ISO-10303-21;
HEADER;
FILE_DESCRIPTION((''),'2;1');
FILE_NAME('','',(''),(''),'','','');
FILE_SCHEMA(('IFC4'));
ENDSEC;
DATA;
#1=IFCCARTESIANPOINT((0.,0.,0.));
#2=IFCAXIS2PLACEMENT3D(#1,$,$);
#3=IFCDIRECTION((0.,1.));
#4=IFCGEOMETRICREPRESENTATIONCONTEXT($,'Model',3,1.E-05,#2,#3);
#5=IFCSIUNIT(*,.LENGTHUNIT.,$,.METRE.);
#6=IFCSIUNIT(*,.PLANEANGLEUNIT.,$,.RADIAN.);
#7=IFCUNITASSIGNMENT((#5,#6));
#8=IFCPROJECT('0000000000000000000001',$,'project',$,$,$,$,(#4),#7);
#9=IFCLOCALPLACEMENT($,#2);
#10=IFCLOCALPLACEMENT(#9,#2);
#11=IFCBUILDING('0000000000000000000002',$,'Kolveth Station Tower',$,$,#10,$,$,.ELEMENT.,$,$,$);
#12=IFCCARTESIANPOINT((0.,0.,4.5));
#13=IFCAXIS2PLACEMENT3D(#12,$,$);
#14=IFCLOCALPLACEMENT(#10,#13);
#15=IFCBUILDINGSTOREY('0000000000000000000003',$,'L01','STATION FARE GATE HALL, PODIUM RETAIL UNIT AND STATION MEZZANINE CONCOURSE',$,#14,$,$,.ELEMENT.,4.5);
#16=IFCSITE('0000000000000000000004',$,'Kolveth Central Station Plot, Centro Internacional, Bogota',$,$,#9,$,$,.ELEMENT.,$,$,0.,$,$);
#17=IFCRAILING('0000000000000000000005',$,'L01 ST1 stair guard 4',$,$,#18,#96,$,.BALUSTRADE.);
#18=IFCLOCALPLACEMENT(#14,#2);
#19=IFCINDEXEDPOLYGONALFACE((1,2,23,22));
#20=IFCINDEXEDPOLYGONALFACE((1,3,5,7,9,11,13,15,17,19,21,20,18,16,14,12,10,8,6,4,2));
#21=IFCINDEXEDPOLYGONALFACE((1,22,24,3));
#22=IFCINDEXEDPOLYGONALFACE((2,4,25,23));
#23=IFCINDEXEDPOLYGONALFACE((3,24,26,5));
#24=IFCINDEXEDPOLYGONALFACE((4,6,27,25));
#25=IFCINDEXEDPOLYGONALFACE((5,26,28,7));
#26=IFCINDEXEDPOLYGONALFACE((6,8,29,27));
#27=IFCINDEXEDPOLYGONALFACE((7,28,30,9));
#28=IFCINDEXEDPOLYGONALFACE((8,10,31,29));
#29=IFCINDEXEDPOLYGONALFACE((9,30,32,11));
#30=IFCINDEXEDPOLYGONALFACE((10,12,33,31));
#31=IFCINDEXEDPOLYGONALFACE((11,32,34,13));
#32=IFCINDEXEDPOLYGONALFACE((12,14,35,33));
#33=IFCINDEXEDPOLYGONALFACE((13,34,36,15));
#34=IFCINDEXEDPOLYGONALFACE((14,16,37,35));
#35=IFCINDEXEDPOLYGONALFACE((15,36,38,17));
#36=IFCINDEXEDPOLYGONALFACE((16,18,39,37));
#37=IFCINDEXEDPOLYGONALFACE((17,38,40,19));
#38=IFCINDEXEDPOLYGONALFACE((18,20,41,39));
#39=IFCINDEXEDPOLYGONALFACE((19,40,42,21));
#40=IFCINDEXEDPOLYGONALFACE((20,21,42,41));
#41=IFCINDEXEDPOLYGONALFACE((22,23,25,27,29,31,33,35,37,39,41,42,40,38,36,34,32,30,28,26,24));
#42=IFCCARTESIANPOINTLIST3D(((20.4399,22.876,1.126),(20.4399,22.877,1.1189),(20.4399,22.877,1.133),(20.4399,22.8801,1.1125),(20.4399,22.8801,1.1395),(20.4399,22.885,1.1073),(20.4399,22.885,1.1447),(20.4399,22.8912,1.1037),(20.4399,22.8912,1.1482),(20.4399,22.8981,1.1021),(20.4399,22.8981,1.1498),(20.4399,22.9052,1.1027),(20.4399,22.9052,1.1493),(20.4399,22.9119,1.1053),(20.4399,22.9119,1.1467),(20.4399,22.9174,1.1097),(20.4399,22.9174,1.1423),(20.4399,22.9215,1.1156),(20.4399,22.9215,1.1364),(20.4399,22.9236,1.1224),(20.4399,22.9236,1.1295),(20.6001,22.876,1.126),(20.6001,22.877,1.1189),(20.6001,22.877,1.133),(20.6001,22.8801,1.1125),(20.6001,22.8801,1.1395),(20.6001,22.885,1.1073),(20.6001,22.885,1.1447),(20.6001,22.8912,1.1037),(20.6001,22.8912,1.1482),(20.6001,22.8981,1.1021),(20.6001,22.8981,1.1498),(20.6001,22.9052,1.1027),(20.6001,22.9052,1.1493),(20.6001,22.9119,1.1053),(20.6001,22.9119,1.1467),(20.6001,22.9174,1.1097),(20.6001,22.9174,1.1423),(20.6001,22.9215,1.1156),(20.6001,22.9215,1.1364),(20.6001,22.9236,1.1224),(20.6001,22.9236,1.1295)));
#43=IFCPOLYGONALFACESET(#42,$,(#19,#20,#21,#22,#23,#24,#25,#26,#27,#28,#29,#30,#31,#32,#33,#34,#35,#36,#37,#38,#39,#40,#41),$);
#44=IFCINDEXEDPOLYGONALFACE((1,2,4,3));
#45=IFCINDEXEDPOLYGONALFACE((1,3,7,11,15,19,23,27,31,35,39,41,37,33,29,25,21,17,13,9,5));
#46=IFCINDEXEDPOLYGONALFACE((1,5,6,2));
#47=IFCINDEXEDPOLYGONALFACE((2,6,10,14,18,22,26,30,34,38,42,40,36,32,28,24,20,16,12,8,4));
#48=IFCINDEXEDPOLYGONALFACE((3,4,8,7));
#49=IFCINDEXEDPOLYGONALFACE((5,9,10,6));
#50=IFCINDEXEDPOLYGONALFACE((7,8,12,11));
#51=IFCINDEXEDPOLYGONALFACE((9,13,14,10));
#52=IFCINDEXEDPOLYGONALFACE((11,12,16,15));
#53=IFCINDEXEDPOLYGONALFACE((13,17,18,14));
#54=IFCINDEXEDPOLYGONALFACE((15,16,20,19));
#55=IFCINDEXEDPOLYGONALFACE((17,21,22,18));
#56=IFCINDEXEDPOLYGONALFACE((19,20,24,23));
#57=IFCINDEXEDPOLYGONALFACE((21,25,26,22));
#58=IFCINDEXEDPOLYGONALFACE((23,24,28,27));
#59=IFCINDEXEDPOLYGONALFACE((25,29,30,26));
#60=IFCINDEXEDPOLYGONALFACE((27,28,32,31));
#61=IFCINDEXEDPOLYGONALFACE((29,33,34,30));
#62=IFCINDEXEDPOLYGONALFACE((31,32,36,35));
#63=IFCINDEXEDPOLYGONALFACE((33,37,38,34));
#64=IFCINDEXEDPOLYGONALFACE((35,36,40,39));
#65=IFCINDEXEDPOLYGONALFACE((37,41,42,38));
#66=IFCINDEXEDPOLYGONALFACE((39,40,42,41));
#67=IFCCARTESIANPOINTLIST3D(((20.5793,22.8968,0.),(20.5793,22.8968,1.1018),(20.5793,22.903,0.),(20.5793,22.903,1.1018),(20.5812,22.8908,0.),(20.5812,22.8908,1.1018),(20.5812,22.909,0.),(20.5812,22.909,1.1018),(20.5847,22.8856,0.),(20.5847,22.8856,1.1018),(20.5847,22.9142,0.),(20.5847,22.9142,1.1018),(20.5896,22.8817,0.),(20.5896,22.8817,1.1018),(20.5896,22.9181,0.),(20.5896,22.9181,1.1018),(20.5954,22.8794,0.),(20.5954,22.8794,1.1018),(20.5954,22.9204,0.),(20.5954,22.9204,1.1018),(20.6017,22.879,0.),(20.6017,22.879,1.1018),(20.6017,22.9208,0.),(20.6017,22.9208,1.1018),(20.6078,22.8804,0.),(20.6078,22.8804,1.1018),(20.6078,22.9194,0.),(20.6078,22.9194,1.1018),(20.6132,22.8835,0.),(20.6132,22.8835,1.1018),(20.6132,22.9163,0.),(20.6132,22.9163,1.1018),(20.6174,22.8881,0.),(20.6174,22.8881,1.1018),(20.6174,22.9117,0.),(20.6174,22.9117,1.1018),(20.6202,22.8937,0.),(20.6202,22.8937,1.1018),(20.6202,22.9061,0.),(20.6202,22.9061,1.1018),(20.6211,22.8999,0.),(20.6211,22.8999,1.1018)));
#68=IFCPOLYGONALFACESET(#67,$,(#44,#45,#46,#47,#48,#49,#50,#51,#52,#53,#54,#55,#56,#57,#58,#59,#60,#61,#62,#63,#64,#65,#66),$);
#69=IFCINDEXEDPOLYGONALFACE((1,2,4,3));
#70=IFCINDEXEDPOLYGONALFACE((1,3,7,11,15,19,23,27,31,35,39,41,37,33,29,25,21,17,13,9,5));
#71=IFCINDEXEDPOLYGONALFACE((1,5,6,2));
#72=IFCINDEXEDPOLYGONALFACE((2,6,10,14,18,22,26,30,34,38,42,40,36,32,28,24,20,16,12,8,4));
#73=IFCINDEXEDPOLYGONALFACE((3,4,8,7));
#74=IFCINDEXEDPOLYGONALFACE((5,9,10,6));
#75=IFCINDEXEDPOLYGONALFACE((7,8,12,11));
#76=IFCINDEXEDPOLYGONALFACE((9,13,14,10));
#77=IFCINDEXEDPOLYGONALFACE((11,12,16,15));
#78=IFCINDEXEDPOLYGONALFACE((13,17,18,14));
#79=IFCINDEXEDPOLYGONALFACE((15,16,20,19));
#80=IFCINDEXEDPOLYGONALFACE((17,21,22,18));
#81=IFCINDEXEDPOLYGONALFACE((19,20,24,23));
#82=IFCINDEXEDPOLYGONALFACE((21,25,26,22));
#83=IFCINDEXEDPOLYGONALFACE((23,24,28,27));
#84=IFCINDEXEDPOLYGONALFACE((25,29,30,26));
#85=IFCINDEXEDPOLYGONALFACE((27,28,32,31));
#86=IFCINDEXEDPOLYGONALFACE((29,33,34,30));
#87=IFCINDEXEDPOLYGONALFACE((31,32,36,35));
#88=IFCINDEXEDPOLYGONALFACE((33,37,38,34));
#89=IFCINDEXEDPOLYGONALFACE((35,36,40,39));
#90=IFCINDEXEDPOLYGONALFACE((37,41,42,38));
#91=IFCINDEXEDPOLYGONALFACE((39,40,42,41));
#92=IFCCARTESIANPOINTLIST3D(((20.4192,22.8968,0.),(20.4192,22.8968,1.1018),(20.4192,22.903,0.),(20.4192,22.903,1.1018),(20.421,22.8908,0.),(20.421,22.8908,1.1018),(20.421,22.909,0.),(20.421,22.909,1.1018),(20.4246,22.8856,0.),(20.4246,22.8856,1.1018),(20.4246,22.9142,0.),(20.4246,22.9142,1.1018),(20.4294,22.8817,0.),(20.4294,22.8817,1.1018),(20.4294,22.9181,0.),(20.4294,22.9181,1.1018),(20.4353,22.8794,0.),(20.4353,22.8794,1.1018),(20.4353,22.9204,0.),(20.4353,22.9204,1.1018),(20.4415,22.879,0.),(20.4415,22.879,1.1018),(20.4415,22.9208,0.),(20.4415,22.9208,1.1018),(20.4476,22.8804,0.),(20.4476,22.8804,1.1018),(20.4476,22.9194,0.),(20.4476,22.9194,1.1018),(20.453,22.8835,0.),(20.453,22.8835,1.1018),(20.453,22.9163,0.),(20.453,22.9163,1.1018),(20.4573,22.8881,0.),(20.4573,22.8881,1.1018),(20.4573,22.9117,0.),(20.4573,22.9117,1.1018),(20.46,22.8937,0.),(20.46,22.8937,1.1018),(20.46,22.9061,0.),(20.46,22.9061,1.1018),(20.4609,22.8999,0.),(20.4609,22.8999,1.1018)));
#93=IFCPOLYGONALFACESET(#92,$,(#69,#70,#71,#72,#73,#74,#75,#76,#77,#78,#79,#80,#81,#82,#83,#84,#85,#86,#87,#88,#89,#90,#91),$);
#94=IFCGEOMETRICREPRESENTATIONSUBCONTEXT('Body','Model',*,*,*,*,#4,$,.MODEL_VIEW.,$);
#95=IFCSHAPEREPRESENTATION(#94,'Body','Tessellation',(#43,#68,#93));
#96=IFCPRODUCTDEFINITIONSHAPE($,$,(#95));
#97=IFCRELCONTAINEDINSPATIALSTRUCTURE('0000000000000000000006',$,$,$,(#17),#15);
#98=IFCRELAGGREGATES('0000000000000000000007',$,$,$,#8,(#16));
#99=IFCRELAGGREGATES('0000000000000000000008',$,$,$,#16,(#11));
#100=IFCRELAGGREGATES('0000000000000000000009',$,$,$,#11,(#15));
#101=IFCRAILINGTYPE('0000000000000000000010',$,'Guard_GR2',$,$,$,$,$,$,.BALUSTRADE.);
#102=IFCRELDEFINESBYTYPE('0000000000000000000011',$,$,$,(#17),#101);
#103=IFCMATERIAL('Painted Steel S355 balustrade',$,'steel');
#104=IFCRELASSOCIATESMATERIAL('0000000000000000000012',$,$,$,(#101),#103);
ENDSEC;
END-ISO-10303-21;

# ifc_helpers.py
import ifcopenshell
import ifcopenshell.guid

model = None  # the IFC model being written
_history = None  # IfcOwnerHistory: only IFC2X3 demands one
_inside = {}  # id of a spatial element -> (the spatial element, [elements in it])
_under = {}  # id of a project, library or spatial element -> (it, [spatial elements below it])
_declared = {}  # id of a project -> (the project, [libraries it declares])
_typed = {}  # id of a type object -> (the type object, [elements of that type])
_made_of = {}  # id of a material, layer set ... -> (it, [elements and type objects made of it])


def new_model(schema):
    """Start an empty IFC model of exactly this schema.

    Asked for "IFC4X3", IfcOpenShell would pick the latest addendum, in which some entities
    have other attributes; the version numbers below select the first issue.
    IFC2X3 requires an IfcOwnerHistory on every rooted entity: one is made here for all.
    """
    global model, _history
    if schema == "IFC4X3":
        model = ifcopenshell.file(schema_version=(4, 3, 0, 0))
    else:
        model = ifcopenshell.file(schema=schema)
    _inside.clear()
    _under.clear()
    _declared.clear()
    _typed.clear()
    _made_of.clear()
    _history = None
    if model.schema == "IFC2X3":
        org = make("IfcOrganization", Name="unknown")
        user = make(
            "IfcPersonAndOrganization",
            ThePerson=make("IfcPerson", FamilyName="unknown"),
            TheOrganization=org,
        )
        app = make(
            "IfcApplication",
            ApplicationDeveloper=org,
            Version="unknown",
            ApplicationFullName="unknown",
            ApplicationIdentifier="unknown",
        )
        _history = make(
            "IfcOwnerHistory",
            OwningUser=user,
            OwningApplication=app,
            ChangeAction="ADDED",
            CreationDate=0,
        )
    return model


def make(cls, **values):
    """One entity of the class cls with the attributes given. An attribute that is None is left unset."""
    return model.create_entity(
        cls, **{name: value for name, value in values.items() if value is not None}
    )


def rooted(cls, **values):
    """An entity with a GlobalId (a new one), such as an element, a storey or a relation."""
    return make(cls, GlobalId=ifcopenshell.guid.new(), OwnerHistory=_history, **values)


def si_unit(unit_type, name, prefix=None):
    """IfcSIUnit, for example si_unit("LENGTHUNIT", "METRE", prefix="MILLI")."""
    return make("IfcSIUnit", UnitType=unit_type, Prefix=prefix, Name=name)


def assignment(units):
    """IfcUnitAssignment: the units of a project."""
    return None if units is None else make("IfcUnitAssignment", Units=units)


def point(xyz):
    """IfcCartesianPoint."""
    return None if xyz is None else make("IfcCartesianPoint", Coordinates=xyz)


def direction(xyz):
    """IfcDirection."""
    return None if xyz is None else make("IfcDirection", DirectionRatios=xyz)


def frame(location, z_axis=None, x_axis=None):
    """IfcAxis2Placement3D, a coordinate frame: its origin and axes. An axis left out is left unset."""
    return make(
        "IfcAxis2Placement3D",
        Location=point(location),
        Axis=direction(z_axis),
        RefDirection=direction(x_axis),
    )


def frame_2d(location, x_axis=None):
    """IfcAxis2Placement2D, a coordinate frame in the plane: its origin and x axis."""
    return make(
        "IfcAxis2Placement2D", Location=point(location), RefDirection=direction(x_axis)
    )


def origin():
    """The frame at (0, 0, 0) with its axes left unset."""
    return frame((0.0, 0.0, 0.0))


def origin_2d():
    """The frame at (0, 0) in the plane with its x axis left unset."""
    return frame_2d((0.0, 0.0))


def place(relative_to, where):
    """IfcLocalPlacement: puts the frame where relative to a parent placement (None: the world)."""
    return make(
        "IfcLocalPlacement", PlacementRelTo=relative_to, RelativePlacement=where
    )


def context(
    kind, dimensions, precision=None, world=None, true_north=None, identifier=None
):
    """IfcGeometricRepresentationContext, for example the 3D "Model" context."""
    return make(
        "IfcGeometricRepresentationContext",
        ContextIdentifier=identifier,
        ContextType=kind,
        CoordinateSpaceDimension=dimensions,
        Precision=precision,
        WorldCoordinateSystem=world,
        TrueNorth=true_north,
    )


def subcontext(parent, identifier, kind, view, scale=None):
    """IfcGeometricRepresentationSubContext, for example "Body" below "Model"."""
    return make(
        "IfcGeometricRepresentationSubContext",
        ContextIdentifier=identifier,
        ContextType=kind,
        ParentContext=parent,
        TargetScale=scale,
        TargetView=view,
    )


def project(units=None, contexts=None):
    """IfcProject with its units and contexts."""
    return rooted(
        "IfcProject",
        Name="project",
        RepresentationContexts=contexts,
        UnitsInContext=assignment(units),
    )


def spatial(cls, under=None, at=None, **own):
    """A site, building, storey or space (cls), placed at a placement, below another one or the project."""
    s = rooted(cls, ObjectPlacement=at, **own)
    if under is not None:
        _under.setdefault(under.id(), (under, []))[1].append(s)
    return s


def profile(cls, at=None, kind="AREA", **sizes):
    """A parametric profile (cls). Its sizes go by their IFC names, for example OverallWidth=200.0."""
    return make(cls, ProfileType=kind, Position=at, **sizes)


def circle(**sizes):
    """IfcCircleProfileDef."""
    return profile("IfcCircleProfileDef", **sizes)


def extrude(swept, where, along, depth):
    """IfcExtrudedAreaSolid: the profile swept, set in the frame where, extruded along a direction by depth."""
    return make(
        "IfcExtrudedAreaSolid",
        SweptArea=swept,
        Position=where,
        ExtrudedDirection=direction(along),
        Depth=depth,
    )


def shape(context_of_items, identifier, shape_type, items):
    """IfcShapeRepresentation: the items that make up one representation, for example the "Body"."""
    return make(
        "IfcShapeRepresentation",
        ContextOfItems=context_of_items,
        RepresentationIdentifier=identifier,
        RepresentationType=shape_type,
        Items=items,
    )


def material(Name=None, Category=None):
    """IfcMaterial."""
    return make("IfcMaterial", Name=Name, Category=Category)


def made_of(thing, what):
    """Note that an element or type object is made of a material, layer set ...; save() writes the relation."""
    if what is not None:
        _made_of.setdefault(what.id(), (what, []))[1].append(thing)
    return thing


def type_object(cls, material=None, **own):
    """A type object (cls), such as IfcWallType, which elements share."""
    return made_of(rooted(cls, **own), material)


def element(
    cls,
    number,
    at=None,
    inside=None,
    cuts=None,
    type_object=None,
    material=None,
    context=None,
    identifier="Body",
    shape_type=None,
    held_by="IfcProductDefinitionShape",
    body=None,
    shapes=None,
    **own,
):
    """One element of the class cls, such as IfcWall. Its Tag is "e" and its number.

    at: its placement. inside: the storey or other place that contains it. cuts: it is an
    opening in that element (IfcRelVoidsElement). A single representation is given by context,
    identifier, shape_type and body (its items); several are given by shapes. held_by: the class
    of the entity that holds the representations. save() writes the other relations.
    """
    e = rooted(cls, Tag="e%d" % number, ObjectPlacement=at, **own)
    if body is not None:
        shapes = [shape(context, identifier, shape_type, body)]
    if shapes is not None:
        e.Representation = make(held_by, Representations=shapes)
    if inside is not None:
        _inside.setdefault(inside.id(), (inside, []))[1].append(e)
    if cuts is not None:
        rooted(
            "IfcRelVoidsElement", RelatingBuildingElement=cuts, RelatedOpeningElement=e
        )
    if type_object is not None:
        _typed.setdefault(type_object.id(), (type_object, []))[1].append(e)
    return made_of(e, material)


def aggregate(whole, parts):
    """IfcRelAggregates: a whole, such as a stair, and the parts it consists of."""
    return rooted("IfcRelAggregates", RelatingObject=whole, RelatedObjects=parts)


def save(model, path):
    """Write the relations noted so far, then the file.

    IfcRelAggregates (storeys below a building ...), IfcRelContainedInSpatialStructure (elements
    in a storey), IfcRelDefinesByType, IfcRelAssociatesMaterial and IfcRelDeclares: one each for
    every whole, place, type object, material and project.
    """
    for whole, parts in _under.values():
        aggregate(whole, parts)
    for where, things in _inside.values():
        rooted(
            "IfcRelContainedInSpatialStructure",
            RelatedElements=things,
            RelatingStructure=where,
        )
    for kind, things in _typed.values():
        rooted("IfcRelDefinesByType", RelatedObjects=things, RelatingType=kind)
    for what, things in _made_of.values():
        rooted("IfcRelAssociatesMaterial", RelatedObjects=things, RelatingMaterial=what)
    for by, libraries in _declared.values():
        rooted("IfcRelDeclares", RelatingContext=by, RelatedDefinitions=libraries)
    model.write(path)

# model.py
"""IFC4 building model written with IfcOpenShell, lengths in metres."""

from ifc_helpers import new_model, si_unit, direction, frame, origin, origin_2d, place, context, subcontext, project, spatial, circle, extrude, material, type_object, element, save


model = new_model("IFC4")

# Units and contexts
model_context = context("Model", 3, precision=1e-05, world=origin(), true_north=direction((0.0, 1.0)))
body_context = subcontext(model_context, "Body", "Model", "MODEL_VIEW")
ifc_project = project(units=[si_unit("LENGTHUNIT", "METRE"), si_unit("PLANEANGLEUNIT", "RADIAN")], contexts=[model_context])

# Site, building, storey
site_placement = place(None, origin())
site = spatial("IfcSite", under=ifc_project, at=site_placement, Name="Kolveth Central Station Plot, Centro Internacional, Bogota", CompositionType="ELEMENT", RefElevation=0.0)
building_placement = place(site_placement, origin())
building = spatial("IfcBuilding", under=site, at=building_placement, Name="Kolveth Station Tower", CompositionType="ELEMENT")
storey_placement = place(building_placement, frame((0.0, 0.0, 4.5)))
storey = spatial("IfcBuildingStorey", under=building, at=storey_placement, Name="L01", Description="STATION FARE GATE HALL, PODIUM RETAIL UNIT AND STATION MEZZANINE CONCOURSE", CompositionType="ELEMENT", Elevation=4.5)

# Railing
ifc_material_1 = material(Name="Painted Steel S355 balustrade", Category="steel")
railing_type_1 = type_object("IfcRailingType", Name="Guard_GR2", PredefinedType="BALUSTRADE", material=ifc_material_1)
railing_1_placement = place(storey_placement, frame((20.6001, 22.8999, 0.0)))
element("IfcRailing", 1, at=railing_1_placement, inside=storey, type_object=railing_type_1, Name="L01 ST1 stair guard 4", PredefinedType="BALUSTRADE", context=body_context, shape_type="SweptSolid", body=[
    extrude(circle(Radius=0.0239, at=origin_2d()), frame((0.0, 0.0, 1.126), z_axis=(-1.0, 0.0, 0.0), x_axis=(0.0, -1.0, 0.0)), (0.0, 0.0, 1.0), 0.1602),
    extrude(circle(Radius=0.021, at=origin_2d()), origin(), (0.0, 0.0, 1.0), 1.1018),
    extrude(circle(Radius=0.021, at=origin_2d()), frame((-0.1602, 0.0, 0.0)), (0.0, 0.0, 1.0), 1.1018),
])

save(model, "model.ifc")
